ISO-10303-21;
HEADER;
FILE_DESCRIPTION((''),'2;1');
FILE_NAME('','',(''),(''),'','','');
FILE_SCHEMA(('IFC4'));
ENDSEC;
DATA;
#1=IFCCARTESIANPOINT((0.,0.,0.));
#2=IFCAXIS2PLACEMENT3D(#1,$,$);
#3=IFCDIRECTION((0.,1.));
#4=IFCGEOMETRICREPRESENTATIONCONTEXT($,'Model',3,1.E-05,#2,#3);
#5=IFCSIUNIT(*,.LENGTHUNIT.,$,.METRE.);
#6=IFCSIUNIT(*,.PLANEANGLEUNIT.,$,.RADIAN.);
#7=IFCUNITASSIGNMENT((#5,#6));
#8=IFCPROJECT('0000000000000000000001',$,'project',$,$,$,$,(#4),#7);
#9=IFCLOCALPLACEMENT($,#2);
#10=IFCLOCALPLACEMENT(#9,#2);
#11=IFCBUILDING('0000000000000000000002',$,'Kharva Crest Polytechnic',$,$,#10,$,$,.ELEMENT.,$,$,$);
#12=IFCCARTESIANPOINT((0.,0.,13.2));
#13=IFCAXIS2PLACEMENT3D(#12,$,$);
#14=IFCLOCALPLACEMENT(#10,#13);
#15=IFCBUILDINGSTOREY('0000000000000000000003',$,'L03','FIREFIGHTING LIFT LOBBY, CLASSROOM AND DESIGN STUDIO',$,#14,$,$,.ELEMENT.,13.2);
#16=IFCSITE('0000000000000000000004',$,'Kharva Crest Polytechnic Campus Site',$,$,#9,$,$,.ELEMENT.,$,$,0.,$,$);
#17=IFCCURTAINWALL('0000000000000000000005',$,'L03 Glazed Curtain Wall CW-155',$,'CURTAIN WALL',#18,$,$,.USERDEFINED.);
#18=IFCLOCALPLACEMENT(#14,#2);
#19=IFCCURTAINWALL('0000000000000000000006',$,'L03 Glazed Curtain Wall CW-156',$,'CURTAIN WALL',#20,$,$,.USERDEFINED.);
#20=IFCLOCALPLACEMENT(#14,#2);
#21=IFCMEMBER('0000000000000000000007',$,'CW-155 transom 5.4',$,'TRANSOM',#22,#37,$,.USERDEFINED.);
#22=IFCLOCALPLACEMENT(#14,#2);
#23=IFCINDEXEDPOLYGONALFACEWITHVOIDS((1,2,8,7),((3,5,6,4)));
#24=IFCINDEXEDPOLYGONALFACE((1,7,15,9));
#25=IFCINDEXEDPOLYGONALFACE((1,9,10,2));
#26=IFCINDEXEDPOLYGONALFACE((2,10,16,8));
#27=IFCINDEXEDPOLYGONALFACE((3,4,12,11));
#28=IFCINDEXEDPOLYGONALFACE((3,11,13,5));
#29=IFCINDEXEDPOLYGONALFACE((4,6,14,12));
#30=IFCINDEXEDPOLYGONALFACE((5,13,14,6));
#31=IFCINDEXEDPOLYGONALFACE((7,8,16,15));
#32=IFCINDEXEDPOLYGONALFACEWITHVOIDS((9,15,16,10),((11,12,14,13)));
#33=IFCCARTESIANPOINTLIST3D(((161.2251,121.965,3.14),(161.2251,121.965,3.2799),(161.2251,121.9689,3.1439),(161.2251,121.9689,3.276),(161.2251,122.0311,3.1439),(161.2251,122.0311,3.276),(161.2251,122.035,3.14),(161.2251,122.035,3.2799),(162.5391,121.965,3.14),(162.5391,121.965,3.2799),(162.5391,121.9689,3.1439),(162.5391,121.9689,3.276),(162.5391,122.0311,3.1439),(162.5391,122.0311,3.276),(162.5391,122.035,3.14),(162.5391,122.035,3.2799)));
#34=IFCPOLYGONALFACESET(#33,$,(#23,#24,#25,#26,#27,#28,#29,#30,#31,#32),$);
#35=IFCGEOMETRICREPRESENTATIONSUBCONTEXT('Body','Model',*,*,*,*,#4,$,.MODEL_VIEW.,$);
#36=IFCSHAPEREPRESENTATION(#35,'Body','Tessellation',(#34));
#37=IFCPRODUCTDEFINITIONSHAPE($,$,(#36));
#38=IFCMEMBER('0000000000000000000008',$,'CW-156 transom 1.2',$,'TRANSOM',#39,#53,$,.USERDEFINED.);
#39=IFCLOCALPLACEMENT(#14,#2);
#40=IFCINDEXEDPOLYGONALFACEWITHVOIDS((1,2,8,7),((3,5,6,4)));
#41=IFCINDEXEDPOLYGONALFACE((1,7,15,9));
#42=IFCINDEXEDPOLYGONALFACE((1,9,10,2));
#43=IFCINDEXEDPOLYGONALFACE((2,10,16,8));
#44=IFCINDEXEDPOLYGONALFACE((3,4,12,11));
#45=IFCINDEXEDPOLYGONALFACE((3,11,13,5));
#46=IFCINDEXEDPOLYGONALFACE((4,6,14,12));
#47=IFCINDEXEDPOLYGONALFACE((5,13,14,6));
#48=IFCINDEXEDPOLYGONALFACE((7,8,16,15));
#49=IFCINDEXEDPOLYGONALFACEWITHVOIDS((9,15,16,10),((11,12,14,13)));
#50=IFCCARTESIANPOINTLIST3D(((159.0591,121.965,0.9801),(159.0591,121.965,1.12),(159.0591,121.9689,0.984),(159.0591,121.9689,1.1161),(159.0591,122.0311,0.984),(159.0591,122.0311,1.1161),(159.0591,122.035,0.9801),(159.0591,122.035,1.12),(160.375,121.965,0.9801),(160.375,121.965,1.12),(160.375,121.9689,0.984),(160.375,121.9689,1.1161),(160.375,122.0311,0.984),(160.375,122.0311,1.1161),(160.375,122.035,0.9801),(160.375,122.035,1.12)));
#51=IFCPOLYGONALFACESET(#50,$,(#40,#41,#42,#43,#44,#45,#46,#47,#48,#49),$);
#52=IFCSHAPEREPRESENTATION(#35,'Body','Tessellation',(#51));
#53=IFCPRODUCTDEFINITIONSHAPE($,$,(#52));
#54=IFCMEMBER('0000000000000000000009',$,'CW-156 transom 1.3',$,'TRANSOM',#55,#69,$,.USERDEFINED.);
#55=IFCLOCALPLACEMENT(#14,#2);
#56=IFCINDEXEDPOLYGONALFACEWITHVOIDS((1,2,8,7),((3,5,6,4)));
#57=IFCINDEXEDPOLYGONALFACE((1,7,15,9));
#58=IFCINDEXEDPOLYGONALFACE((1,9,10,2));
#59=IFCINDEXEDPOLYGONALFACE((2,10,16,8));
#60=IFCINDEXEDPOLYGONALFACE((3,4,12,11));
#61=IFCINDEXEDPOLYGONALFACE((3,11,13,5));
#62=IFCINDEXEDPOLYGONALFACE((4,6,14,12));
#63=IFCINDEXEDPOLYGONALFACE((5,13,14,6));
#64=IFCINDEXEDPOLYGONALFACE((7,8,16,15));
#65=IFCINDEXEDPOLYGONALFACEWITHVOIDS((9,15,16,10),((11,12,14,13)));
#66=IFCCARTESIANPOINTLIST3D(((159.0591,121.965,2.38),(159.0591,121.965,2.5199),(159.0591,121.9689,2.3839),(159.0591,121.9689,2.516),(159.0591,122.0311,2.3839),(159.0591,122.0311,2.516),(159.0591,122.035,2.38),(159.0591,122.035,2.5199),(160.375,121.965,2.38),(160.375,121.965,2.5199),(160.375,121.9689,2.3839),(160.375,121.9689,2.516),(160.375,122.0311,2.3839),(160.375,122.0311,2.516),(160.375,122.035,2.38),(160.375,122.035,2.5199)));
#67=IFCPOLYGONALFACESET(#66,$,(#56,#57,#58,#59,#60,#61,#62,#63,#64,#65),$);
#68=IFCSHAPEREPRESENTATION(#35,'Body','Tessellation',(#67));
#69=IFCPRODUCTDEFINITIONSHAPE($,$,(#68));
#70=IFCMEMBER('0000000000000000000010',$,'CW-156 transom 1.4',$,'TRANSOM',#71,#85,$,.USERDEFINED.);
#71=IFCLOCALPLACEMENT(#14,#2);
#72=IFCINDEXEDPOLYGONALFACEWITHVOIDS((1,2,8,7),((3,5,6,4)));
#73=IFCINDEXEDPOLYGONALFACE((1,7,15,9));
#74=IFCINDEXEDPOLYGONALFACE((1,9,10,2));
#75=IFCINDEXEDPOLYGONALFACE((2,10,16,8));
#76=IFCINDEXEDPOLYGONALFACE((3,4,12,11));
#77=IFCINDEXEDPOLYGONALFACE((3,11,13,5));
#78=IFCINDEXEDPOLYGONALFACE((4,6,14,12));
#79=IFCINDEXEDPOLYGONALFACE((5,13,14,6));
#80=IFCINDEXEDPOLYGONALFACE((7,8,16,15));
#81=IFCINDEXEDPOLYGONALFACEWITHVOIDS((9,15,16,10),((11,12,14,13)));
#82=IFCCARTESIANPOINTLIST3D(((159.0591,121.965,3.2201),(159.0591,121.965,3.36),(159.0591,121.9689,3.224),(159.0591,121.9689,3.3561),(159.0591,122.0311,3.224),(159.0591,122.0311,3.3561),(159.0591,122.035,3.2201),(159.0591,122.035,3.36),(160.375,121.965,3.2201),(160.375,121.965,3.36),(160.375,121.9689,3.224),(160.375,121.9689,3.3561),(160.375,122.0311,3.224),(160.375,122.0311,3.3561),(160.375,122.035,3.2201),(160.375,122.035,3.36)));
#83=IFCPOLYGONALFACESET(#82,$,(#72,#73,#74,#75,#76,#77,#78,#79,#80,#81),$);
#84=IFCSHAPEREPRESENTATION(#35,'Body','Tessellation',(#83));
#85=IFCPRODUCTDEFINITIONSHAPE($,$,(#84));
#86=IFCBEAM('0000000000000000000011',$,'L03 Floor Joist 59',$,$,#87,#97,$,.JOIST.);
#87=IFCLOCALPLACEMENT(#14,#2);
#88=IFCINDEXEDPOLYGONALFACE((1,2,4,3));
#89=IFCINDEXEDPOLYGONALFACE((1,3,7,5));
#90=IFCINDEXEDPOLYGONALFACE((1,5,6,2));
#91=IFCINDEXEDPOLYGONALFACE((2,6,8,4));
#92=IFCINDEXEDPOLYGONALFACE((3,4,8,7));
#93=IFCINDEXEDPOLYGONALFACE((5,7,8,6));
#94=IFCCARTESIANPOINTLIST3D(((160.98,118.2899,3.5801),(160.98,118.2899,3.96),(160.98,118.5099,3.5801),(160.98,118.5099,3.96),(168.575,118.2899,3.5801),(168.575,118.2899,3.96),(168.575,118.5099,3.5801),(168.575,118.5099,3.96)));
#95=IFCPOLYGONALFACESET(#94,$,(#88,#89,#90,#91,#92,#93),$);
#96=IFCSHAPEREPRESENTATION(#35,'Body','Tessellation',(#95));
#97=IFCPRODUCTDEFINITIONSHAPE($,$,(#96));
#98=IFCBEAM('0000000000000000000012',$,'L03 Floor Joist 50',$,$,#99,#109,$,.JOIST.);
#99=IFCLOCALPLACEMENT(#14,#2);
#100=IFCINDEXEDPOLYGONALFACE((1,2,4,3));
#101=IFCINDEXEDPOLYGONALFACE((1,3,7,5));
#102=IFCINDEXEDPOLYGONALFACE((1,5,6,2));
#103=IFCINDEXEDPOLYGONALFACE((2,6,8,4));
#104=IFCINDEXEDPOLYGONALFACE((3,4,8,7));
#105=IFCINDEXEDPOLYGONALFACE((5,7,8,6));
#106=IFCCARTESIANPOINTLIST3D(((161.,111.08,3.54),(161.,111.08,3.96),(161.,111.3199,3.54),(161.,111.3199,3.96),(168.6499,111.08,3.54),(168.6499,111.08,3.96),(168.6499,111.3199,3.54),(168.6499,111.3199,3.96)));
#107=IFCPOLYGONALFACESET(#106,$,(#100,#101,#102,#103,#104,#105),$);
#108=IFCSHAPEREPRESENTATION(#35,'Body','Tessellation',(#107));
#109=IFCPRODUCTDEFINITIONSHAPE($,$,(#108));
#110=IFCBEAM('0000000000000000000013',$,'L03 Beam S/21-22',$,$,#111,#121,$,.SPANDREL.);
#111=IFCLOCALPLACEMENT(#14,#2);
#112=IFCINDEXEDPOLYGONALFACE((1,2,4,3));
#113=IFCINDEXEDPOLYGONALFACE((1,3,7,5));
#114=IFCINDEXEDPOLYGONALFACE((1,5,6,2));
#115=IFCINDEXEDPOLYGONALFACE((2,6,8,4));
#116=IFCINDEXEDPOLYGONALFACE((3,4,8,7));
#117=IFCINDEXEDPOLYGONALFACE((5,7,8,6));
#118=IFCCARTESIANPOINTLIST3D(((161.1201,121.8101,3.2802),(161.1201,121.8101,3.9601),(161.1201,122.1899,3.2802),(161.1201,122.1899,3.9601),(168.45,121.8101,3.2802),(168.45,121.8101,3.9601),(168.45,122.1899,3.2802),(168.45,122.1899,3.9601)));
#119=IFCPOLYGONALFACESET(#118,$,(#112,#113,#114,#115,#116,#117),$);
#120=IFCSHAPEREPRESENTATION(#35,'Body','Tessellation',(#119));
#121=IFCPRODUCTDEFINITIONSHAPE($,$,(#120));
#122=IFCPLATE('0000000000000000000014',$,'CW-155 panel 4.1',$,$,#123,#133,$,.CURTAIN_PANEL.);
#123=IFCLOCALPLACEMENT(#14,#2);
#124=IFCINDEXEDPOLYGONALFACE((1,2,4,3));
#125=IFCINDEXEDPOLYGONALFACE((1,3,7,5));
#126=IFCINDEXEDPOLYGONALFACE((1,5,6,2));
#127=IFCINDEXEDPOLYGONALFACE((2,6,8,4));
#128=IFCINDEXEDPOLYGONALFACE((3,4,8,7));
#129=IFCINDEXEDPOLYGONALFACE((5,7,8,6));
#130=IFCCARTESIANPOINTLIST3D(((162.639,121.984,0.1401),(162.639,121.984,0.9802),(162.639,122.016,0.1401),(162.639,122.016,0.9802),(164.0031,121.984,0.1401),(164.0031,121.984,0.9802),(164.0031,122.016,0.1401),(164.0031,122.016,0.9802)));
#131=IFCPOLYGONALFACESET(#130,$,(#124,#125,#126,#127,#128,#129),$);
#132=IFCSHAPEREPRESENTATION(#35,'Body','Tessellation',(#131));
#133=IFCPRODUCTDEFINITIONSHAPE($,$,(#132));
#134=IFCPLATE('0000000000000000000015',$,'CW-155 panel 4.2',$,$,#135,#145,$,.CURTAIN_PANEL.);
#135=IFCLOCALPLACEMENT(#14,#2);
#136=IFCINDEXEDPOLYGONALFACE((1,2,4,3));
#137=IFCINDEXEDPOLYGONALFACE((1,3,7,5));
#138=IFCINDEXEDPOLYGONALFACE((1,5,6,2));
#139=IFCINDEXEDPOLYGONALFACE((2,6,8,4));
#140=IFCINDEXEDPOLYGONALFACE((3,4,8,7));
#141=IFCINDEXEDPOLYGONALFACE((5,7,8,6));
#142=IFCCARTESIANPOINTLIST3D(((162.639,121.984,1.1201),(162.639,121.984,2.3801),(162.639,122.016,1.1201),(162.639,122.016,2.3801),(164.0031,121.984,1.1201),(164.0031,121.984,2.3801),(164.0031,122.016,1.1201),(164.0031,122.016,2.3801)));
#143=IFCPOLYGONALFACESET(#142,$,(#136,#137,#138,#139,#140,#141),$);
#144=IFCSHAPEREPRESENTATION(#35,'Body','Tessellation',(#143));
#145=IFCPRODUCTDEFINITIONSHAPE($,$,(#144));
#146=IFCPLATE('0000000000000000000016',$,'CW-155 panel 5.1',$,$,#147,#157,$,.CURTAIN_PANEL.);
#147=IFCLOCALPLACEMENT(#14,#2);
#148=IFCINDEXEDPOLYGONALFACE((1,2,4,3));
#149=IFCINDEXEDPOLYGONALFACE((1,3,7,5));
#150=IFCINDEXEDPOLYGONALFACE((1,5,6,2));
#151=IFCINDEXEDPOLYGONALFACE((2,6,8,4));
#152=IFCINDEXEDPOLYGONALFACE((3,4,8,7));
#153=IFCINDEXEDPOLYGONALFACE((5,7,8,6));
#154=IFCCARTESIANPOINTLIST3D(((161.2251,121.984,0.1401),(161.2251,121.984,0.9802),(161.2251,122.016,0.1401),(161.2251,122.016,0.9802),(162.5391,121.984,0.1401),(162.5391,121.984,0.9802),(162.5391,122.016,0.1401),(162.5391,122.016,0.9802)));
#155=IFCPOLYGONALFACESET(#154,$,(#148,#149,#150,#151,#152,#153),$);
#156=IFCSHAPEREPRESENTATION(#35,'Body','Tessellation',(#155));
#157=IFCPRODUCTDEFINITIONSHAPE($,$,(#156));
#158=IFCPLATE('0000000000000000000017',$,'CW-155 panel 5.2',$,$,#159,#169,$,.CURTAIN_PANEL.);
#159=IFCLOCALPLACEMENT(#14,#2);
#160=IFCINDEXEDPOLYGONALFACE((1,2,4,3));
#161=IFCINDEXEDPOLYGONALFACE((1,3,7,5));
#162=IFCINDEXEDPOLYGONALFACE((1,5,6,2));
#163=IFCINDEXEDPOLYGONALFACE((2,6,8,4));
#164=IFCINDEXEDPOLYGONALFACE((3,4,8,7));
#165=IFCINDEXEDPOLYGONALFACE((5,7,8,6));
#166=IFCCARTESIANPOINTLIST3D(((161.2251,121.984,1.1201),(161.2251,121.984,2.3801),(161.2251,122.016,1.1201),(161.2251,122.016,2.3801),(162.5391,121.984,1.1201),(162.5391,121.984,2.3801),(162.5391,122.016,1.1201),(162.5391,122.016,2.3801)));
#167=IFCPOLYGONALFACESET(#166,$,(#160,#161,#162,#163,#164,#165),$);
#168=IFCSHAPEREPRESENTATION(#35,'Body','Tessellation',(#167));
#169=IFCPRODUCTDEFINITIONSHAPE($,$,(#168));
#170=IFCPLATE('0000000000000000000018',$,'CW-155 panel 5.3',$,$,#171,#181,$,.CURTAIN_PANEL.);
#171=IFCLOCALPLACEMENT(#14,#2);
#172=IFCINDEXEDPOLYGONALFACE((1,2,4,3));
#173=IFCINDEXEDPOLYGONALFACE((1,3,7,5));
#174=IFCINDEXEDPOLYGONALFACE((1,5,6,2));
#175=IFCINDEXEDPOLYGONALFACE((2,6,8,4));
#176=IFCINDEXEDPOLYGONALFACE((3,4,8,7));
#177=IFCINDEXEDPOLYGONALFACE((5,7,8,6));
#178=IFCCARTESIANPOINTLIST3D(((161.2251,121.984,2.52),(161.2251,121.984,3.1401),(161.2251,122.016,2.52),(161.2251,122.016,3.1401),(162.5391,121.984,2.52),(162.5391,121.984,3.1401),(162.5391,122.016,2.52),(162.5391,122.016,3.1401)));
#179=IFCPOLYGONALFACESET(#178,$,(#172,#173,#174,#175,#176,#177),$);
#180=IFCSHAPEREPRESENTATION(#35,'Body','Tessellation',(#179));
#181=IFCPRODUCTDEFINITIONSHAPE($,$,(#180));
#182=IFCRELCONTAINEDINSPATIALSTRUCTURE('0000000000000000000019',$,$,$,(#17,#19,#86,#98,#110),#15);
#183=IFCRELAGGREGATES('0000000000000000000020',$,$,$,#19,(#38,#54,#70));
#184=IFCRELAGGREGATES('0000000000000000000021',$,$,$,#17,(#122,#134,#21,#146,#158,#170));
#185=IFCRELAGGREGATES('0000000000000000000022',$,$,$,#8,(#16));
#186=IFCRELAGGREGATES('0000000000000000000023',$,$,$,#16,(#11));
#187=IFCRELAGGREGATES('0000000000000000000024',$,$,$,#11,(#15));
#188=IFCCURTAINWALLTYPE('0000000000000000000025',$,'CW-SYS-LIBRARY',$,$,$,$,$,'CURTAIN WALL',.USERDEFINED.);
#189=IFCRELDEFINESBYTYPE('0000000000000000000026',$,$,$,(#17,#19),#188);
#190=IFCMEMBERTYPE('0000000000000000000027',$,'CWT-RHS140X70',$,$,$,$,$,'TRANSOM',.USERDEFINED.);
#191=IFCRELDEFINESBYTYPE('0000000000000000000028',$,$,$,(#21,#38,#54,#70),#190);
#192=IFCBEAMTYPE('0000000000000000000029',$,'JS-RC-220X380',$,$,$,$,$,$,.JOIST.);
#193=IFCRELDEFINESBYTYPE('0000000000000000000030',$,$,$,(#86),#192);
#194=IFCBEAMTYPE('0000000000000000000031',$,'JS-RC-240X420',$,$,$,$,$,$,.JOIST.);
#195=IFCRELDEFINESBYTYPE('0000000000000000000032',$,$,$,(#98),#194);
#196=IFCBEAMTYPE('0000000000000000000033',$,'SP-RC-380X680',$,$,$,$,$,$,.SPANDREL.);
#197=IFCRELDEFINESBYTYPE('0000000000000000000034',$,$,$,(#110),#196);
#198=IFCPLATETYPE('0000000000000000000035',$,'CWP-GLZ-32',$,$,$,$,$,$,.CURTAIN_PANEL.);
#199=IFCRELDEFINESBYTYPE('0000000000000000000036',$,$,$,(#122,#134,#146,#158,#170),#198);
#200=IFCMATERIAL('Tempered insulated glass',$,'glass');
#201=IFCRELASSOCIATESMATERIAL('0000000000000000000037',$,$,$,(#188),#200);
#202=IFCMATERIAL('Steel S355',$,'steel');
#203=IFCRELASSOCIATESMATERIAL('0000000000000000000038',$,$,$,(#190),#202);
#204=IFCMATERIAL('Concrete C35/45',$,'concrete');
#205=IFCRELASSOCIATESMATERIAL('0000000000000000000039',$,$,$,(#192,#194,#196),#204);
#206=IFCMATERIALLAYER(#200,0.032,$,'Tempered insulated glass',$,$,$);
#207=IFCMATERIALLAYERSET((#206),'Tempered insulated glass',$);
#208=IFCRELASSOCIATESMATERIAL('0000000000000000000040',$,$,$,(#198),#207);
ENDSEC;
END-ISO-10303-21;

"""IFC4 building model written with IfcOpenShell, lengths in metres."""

from ifc_helpers import new_model, si_unit, direction, frame, origin, origin_2d, place, context, subcontext, project, spatial, rectangle, hollow_rectangle, extrude, material, layer, layer_set, material_profile, profile_set, type_object, element, aggregate, save


model = new_model("IFC4")

# Units and contexts
model_context = context("Model", 3, precision=1e-05, world=origin(), true_north=direction((0.0, 1.0)))
body_context = subcontext(model_context, "Body", "Model", "MODEL_VIEW")
ifc_project = project(units=[si_unit("LENGTHUNIT", "METRE"), si_unit("PLANEANGLEUNIT", "RADIAN")], contexts=[model_context])

# Site, building, storey
site_placement = place(None, origin())
site = spatial("IfcSite", under=ifc_project, at=site_placement, Name="Kharva Crest Polytechnic Campus Site", CompositionType="ELEMENT", RefElevation=0.0)
building_placement = place(site_placement, origin())
building = spatial("IfcBuilding", under=site, at=building_placement, Name="Kharva Crest Polytechnic", CompositionType="ELEMENT")
storey_placement = place(building_placement, frame((0.0, 0.0, 13.2)))
storey = spatial("IfcBuildingStorey", under=building, at=storey_placement, Name="L03", Description="FIREFIGHTING LIFT LOBBY, CLASSROOM AND DESIGN STUDIO", CompositionType="ELEMENT", Elevation=13.2)

# Shared definitions
ifc_material_1 = material(Name="Concrete C35/45", Category="concrete")

# Curtain wall
ifc_material_2 = material(Name="Tempered insulated glass", Category="glass")
curtain_wall_type = type_object("IfcCurtainWallType", Name="CW-SYS-LIBRARY", ElementType="CURTAIN WALL", PredefinedType="USERDEFINED", material=ifc_material_2)
curtain_wall_1_placement = place(storey_placement, origin())
curtain_wall_1 = element("IfcCurtainWall", 1, at=curtain_wall_1_placement, inside=storey, type_object=curtain_wall_type, Name="L03 Glazed Curtain Wall CW-155", ObjectType="CURTAIN WALL", PredefinedType="USERDEFINED")
ifc_material_3 = material(Name="Steel S355", Category="steel")

# Curtain wall
curtain_wall_2_placement = place(storey_placement, origin())
curtain_wall_2 = element("IfcCurtainWall", 2, at=curtain_wall_2_placement, inside=storey, type_object=curtain_wall_type, Name="L03 Glazed Curtain Wall CW-156", ObjectType="CURTAIN WALL", PredefinedType="USERDEFINED")

# Members
ifc_material_profile_1 = material_profile(ifc_material_3, hollow_rectangle(XDim=0.0701, YDim=0.1399, WallThickness=0.0039, at=origin_2d()), Name="RHS 140X70X4.0")
ifc_profile_set_1 = profile_set([ifc_material_profile_1], Name="Steel S355")
member_type_1 = type_object("IfcMemberType", Name="CWT-RHS140X70", ElementType="TRANSOM", PredefinedType="USERDEFINED", material=ifc_profile_set_1)
member_1_placement = place(storey_placement, frame((162.5391, 122.0, 3.21), z_axis=(-1.0, 0.0, 0.0), x_axis=(0.0, -1.0, 0.0)))
member_1 = element("IfcMember", 3, at=member_1_placement, type_object=member_type_1, Name="CW-155 transom 5.4", ObjectType="TRANSOM", PredefinedType="USERDEFINED", context=body_context, shape_type="SweptSolid", body=[
    extrude(hollow_rectangle(XDim=0.0701, YDim=0.1399, WallThickness=0.0039, at=origin_2d()), origin(), (0.0, 0.0, 1.0), 1.314),
])
member_2_placement = place(storey_placement, frame((160.375, 122.0, 1.05), z_axis=(-1.0, 0.0, 0.0), x_axis=(0.0, -1.0, 0.0)))
member_2 = element("IfcMember", 4, at=member_2_placement, type_object=member_type_1, Name="CW-156 transom 1.2", ObjectType="TRANSOM", PredefinedType="USERDEFINED", context=body_context, shape_type="SweptSolid", body=[
    extrude(hollow_rectangle(XDim=0.0701, YDim=0.1399, WallThickness=0.0039, at=origin_2d()), origin(), (0.0, 0.0, 1.0), 1.3159),
])
member_3_placement = place(storey_placement, frame((160.375, 122.0, 2.45), z_axis=(-1.0, 0.0, 0.0), x_axis=(0.0, -1.0, 0.0)))
member_3 = element("IfcMember", 5, at=member_3_placement, type_object=member_type_1, Name="CW-156 transom 1.3", ObjectType="TRANSOM", PredefinedType="USERDEFINED", context=body_context, shape_type="SweptSolid", body=[
    extrude(hollow_rectangle(XDim=0.0701, YDim=0.1399, WallThickness=0.0039, at=origin_2d()), origin(), (0.0, 0.0, 1.0), 1.3159),
])
member_4_placement = place(storey_placement, frame((160.375, 122.0, 3.29), z_axis=(-1.0, 0.0, 0.0), x_axis=(0.0, -1.0, 0.0)))
member_4 = element("IfcMember", 6, at=member_4_placement, type_object=member_type_1, Name="CW-156 transom 1.4", ObjectType="TRANSOM", PredefinedType="USERDEFINED", context=body_context, shape_type="SweptSolid", body=[
    extrude(hollow_rectangle(XDim=0.0701, YDim=0.1399, WallThickness=0.0039, at=origin_2d()), origin(), (0.0, 0.0, 1.0), 1.3159),
])
aggregate(curtain_wall_2, [member_2, member_3, member_4])

# Beams
ifc_material_profile_2 = material_profile(ifc_material_1, rectangle(XDim=0.22, YDim=0.3799, at=origin_2d()), Name="RECT 220 X 380")
ifc_profile_set_2 = profile_set([ifc_material_profile_2], Name="Concrete C35/45")
beam_type_1 = type_object("IfcBeamType", Name="JS-RC-220X380", PredefinedType="JOIST", material=ifc_profile_set_2)
beam_1_placement = place(storey_placement, frame((160.98, 118.3999, 3.77), z_axis=(1.0, 0.0, 0.0), x_axis=(0.0, 1.0, 0.0)))
element("IfcBeam", 7, at=beam_1_placement, inside=storey, type_object=beam_type_1, Name="L03 Floor Joist 59", PredefinedType="JOIST", context=body_context, shape_type="SweptSolid", body=[
    extrude(rectangle(XDim=0.22, YDim=0.3799, at=origin_2d()), origin(), (0.0, 0.0, 1.0), 7.595),
])
ifc_material_profile_3 = material_profile(ifc_material_1, rectangle(XDim=0.24, YDim=0.4199, at=origin_2d()), Name="RECT 240 X 420")
ifc_profile_set_3 = profile_set([ifc_material_profile_3], Name="Concrete C35/45")
beam_type_2 = type_object("IfcBeamType", Name="JS-RC-240X420", PredefinedType="JOIST", material=ifc_profile_set_3)
beam_2_placement = place(storey_placement, frame((161.0, 111.2, 3.75), z_axis=(1.0, 0.0, 0.0), x_axis=(0.0, 1.0, 0.0)))
element("IfcBeam", 8, at=beam_2_placement, inside=storey, type_object=beam_type_2, Name="L03 Floor Joist 50", PredefinedType="JOIST", context=body_context, shape_type="SweptSolid", body=[
    extrude(rectangle(XDim=0.24, YDim=0.4199, at=origin_2d()), origin(), (0.0, 0.0, 1.0), 7.6499),
])
ifc_material_profile_4 = material_profile(ifc_material_1, rectangle(XDim=0.3799, YDim=0.6799, at=origin_2d()), Name="RECT 380 X 680")
ifc_profile_set_4 = profile_set([ifc_material_profile_4], Name="Concrete C35/45")
beam_type_3 = type_object("IfcBeamType", Name="SP-RC-380X680", PredefinedType="SPANDREL", material=ifc_profile_set_4)
beam_3_placement = place(storey_placement, frame((161.1201, 122.0, 3.6201), z_axis=(1.0, 0.0, 0.0), x_axis=(0.0, 1.0, 0.0)))
element("IfcBeam", 9, at=beam_3_placement, inside=storey, type_object=beam_type_3, Name="L03 Beam S/21-22", PredefinedType="SPANDREL", context=body_context, shape_type="SweptSolid", body=[
    extrude(rectangle(XDim=0.3799, YDim=0.6799, at=origin_2d()), origin(), (0.0, 0.0, 1.0), 7.3298),
])

# Plates
ifc_layer = layer(ifc_material_2, 0.032, Name="Tempered insulated glass")
ifc_layer_set = layer_set([ifc_layer], Name="Tempered insulated glass")
plate_type = type_object("IfcPlateType", Name="CWP-GLZ-32", PredefinedType="CURTAIN_PANEL", material=ifc_layer_set)
plate_1_placement = place(storey_placement, frame((163.321, 122.0, 0.1401), z_axis=(0.0, 0.0, 1.0), x_axis=(-1.0, 0.0, 0.0)))
plate_1 = element("IfcPlate", 10, at=plate_1_placement, type_object=plate_type, Name="CW-155 panel 4.1", PredefinedType="CURTAIN_PANEL", context=body_context, shape_type="SweptSolid", body=[
    extrude(rectangle(XDim=1.364, YDim=0.032, at=origin_2d()), origin(), (0.0, 0.0, 1.0), 0.8401),
])
plate_2_placement = place(storey_placement, frame((163.321, 122.0, 1.1201), z_axis=(0.0, 0.0, 1.0), x_axis=(-1.0, 0.0, 0.0)))
plate_2 = element("IfcPlate", 11, at=plate_2_placement, type_object=plate_type, Name="CW-155 panel 4.2", PredefinedType="CURTAIN_PANEL", context=body_context, shape_type="SweptSolid", body=[
    extrude(rectangle(XDim=1.364, YDim=0.032, at=origin_2d()), origin(), (0.0, 0.0, 1.0), 1.26),
])
plate_3_placement = place(storey_placement, frame((161.8821, 122.0, 0.1401), z_axis=(0.0, 0.0, 1.0), x_axis=(-1.0, 0.0, 0.0)))
plate_3 = element("IfcPlate", 12, at=plate_3_placement, type_object=plate_type, Name="CW-155 panel 5.1", PredefinedType="CURTAIN_PANEL", context=body_context, shape_type="SweptSolid", body=[
    extrude(rectangle(XDim=1.314, YDim=0.032, at=origin_2d()), origin(), (0.0, 0.0, 1.0), 0.8401),
])
plate_4_placement = place(storey_placement, frame((161.8821, 122.0, 1.1201), z_axis=(0.0, 0.0, 1.0), x_axis=(-1.0, 0.0, 0.0)))
plate_4 = element("IfcPlate", 13, at=plate_4_placement, type_object=plate_type, Name="CW-155 panel 5.2", PredefinedType="CURTAIN_PANEL", context=body_context, shape_type="SweptSolid", body=[
    extrude(rectangle(XDim=1.314, YDim=0.032, at=origin_2d()), origin(), (0.0, 0.0, 1.0), 1.26),
])
plate_5_placement = place(storey_placement, frame((161.8821, 122.0, 2.52), z_axis=(0.0, 0.0, 1.0), x_axis=(-1.0, 0.0, 0.0)))
plate_5 = element("IfcPlate", 14, at=plate_5_placement, type_object=plate_type, Name="CW-155 panel 5.3", PredefinedType="CURTAIN_PANEL", context=body_context, shape_type="SweptSolid", body=[
    extrude(rectangle(XDim=1.314, YDim=0.032, at=origin_2d()), origin(), (0.0, 0.0, 1.0), 0.6201),
])
aggregate(curtain_wall_1, [plate_1, plate_2, member_1, plate_3, plate_4, plate_5])

save(model, "model.ifc")
